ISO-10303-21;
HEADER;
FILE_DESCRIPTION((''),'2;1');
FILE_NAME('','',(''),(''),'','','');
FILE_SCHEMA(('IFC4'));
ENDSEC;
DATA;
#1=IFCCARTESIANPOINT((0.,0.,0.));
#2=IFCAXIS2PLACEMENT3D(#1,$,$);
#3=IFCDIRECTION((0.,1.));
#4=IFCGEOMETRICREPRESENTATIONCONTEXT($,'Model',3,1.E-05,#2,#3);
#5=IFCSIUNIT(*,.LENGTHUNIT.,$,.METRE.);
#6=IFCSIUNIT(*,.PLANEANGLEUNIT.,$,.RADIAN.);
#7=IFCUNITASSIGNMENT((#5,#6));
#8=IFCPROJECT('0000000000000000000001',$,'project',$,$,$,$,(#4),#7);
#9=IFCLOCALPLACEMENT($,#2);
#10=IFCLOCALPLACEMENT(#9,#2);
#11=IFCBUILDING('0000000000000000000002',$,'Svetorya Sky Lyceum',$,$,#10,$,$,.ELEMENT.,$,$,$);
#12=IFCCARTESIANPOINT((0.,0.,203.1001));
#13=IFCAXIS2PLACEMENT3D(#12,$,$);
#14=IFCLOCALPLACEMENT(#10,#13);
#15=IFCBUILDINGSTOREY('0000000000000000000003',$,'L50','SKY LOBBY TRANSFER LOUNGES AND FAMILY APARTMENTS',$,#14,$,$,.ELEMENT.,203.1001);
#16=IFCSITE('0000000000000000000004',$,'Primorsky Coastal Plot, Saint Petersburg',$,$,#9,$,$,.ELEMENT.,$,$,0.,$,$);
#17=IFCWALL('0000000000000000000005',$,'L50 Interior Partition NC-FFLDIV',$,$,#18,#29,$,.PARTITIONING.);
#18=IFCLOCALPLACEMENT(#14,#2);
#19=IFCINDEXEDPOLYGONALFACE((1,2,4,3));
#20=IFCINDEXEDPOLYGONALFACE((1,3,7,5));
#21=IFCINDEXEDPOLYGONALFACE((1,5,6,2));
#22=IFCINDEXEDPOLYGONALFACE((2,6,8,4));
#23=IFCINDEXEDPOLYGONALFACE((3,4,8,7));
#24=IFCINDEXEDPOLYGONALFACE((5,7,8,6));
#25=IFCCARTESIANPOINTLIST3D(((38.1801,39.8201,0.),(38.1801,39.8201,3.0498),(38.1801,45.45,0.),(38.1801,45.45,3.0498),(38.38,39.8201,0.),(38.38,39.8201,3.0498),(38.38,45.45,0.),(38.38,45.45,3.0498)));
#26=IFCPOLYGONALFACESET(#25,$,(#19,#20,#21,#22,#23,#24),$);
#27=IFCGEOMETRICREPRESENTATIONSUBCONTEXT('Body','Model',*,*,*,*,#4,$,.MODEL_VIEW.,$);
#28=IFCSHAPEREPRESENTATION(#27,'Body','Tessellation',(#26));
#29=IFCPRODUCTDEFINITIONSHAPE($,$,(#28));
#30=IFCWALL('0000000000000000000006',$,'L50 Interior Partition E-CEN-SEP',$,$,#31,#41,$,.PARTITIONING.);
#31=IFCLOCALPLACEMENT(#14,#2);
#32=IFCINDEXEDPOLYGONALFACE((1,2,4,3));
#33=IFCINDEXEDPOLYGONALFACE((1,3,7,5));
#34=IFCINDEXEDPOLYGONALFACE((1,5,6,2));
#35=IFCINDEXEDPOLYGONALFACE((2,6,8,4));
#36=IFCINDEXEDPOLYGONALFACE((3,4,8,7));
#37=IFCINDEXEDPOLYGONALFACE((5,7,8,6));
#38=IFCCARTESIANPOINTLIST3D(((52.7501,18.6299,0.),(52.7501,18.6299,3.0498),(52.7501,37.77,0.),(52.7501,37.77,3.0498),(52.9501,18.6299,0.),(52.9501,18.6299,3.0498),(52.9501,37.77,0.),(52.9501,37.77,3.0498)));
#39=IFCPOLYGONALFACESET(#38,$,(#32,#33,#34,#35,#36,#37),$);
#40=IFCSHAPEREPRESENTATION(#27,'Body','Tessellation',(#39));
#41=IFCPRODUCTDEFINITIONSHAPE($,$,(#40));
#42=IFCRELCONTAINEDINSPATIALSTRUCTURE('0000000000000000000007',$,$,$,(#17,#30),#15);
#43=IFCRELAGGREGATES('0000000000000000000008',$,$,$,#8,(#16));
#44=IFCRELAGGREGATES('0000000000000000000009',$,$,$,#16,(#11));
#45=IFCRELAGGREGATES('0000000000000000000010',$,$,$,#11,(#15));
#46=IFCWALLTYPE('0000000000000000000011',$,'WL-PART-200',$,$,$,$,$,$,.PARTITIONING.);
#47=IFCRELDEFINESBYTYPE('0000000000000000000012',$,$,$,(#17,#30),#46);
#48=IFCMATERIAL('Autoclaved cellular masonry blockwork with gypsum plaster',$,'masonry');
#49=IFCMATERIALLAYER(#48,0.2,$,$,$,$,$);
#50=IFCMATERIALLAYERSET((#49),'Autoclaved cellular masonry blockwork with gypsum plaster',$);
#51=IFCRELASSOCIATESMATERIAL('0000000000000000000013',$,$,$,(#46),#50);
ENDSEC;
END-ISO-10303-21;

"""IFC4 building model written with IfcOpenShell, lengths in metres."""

from ifc_helpers import new_model, si_unit, direction, frame, frame_2d, origin, place, context, subcontext, project, spatial, rectangle, extrude, material, layer, layer_set, type_object, element, save


model = new_model("IFC4")

# Units and contexts
model_context = context("Model", 3, precision=1e-05, world=origin(), true_north=direction((0.0, 1.0)))
body_context = subcontext(model_context, "Body", "Model", "MODEL_VIEW")
ifc_project = project(units=[si_unit("LENGTHUNIT", "METRE"), si_unit("PLANEANGLEUNIT", "RADIAN")], contexts=[model_context])

# Site, building, storey
site_placement = place(None, origin())
site = spatial("IfcSite", under=ifc_project, at=site_placement, Name="Primorsky Coastal Plot, Saint Petersburg", CompositionType="ELEMENT", RefElevation=0.0)
building_placement = place(site_placement, origin())
building = spatial("IfcBuilding", under=site, at=building_placement, Name="Svetorya Sky Lyceum", CompositionType="ELEMENT")
storey_placement = place(building_placement, frame((0.0, 0.0, 203.1001)))
storey = spatial("IfcBuildingStorey", under=building, at=storey_placement, Name="L50", Description="SKY LOBBY TRANSFER LOUNGES AND FAMILY APARTMENTS", CompositionType="ELEMENT", Elevation=203.1001)

# Walls
ifc_material_1 = material(Name="Autoclaved cellular masonry blockwork with gypsum plaster", Category="masonry")
ifc_layer_1 = layer(ifc_material_1, 0.2)
ifc_layer_set_1 = layer_set([ifc_layer_1], Name="Autoclaved cellular masonry blockwork with gypsum plaster")
wall_type_1 = type_object("IfcWallType", Name="WL-PART-200", PredefinedType="PARTITIONING", material=ifc_layer_set_1)
wall_1_placement = place(storey_placement, frame((38.28, 39.8201, 0.0), z_axis=(0.0, 0.0, 1.0), x_axis=(0.0, 1.0, 0.0)))
element("IfcWall", 1, at=wall_1_placement, inside=storey, type_object=wall_type_1, Name="L50 Interior Partition NC-FFLDIV", PredefinedType="PARTITIONING", context=body_context, shape_type="SweptSolid", body=[
    extrude(rectangle(XDim=5.6299, YDim=0.2, at=frame_2d((2.8149, 0.0))), origin(), (0.0, 0.0, 1.0), 3.0498),
])
wall_2_placement = place(storey_placement, frame((52.8501, 18.6299, 0.0), z_axis=(0.0, 0.0, 1.0), x_axis=(0.0, 1.0, 0.0)))
element("IfcWall", 2, at=wall_2_placement, inside=storey, type_object=wall_type_1, Name="L50 Interior Partition E-CEN-SEP", PredefinedType="PARTITIONING", context=body_context, shape_type="SweptSolid", body=[
    extrude(rectangle(XDim=19.1401, YDim=0.2, at=frame_2d((9.5701, 0.0))), origin(), (0.0, 0.0, 1.0), 3.0498),
])

save(model, "model.ifc")
